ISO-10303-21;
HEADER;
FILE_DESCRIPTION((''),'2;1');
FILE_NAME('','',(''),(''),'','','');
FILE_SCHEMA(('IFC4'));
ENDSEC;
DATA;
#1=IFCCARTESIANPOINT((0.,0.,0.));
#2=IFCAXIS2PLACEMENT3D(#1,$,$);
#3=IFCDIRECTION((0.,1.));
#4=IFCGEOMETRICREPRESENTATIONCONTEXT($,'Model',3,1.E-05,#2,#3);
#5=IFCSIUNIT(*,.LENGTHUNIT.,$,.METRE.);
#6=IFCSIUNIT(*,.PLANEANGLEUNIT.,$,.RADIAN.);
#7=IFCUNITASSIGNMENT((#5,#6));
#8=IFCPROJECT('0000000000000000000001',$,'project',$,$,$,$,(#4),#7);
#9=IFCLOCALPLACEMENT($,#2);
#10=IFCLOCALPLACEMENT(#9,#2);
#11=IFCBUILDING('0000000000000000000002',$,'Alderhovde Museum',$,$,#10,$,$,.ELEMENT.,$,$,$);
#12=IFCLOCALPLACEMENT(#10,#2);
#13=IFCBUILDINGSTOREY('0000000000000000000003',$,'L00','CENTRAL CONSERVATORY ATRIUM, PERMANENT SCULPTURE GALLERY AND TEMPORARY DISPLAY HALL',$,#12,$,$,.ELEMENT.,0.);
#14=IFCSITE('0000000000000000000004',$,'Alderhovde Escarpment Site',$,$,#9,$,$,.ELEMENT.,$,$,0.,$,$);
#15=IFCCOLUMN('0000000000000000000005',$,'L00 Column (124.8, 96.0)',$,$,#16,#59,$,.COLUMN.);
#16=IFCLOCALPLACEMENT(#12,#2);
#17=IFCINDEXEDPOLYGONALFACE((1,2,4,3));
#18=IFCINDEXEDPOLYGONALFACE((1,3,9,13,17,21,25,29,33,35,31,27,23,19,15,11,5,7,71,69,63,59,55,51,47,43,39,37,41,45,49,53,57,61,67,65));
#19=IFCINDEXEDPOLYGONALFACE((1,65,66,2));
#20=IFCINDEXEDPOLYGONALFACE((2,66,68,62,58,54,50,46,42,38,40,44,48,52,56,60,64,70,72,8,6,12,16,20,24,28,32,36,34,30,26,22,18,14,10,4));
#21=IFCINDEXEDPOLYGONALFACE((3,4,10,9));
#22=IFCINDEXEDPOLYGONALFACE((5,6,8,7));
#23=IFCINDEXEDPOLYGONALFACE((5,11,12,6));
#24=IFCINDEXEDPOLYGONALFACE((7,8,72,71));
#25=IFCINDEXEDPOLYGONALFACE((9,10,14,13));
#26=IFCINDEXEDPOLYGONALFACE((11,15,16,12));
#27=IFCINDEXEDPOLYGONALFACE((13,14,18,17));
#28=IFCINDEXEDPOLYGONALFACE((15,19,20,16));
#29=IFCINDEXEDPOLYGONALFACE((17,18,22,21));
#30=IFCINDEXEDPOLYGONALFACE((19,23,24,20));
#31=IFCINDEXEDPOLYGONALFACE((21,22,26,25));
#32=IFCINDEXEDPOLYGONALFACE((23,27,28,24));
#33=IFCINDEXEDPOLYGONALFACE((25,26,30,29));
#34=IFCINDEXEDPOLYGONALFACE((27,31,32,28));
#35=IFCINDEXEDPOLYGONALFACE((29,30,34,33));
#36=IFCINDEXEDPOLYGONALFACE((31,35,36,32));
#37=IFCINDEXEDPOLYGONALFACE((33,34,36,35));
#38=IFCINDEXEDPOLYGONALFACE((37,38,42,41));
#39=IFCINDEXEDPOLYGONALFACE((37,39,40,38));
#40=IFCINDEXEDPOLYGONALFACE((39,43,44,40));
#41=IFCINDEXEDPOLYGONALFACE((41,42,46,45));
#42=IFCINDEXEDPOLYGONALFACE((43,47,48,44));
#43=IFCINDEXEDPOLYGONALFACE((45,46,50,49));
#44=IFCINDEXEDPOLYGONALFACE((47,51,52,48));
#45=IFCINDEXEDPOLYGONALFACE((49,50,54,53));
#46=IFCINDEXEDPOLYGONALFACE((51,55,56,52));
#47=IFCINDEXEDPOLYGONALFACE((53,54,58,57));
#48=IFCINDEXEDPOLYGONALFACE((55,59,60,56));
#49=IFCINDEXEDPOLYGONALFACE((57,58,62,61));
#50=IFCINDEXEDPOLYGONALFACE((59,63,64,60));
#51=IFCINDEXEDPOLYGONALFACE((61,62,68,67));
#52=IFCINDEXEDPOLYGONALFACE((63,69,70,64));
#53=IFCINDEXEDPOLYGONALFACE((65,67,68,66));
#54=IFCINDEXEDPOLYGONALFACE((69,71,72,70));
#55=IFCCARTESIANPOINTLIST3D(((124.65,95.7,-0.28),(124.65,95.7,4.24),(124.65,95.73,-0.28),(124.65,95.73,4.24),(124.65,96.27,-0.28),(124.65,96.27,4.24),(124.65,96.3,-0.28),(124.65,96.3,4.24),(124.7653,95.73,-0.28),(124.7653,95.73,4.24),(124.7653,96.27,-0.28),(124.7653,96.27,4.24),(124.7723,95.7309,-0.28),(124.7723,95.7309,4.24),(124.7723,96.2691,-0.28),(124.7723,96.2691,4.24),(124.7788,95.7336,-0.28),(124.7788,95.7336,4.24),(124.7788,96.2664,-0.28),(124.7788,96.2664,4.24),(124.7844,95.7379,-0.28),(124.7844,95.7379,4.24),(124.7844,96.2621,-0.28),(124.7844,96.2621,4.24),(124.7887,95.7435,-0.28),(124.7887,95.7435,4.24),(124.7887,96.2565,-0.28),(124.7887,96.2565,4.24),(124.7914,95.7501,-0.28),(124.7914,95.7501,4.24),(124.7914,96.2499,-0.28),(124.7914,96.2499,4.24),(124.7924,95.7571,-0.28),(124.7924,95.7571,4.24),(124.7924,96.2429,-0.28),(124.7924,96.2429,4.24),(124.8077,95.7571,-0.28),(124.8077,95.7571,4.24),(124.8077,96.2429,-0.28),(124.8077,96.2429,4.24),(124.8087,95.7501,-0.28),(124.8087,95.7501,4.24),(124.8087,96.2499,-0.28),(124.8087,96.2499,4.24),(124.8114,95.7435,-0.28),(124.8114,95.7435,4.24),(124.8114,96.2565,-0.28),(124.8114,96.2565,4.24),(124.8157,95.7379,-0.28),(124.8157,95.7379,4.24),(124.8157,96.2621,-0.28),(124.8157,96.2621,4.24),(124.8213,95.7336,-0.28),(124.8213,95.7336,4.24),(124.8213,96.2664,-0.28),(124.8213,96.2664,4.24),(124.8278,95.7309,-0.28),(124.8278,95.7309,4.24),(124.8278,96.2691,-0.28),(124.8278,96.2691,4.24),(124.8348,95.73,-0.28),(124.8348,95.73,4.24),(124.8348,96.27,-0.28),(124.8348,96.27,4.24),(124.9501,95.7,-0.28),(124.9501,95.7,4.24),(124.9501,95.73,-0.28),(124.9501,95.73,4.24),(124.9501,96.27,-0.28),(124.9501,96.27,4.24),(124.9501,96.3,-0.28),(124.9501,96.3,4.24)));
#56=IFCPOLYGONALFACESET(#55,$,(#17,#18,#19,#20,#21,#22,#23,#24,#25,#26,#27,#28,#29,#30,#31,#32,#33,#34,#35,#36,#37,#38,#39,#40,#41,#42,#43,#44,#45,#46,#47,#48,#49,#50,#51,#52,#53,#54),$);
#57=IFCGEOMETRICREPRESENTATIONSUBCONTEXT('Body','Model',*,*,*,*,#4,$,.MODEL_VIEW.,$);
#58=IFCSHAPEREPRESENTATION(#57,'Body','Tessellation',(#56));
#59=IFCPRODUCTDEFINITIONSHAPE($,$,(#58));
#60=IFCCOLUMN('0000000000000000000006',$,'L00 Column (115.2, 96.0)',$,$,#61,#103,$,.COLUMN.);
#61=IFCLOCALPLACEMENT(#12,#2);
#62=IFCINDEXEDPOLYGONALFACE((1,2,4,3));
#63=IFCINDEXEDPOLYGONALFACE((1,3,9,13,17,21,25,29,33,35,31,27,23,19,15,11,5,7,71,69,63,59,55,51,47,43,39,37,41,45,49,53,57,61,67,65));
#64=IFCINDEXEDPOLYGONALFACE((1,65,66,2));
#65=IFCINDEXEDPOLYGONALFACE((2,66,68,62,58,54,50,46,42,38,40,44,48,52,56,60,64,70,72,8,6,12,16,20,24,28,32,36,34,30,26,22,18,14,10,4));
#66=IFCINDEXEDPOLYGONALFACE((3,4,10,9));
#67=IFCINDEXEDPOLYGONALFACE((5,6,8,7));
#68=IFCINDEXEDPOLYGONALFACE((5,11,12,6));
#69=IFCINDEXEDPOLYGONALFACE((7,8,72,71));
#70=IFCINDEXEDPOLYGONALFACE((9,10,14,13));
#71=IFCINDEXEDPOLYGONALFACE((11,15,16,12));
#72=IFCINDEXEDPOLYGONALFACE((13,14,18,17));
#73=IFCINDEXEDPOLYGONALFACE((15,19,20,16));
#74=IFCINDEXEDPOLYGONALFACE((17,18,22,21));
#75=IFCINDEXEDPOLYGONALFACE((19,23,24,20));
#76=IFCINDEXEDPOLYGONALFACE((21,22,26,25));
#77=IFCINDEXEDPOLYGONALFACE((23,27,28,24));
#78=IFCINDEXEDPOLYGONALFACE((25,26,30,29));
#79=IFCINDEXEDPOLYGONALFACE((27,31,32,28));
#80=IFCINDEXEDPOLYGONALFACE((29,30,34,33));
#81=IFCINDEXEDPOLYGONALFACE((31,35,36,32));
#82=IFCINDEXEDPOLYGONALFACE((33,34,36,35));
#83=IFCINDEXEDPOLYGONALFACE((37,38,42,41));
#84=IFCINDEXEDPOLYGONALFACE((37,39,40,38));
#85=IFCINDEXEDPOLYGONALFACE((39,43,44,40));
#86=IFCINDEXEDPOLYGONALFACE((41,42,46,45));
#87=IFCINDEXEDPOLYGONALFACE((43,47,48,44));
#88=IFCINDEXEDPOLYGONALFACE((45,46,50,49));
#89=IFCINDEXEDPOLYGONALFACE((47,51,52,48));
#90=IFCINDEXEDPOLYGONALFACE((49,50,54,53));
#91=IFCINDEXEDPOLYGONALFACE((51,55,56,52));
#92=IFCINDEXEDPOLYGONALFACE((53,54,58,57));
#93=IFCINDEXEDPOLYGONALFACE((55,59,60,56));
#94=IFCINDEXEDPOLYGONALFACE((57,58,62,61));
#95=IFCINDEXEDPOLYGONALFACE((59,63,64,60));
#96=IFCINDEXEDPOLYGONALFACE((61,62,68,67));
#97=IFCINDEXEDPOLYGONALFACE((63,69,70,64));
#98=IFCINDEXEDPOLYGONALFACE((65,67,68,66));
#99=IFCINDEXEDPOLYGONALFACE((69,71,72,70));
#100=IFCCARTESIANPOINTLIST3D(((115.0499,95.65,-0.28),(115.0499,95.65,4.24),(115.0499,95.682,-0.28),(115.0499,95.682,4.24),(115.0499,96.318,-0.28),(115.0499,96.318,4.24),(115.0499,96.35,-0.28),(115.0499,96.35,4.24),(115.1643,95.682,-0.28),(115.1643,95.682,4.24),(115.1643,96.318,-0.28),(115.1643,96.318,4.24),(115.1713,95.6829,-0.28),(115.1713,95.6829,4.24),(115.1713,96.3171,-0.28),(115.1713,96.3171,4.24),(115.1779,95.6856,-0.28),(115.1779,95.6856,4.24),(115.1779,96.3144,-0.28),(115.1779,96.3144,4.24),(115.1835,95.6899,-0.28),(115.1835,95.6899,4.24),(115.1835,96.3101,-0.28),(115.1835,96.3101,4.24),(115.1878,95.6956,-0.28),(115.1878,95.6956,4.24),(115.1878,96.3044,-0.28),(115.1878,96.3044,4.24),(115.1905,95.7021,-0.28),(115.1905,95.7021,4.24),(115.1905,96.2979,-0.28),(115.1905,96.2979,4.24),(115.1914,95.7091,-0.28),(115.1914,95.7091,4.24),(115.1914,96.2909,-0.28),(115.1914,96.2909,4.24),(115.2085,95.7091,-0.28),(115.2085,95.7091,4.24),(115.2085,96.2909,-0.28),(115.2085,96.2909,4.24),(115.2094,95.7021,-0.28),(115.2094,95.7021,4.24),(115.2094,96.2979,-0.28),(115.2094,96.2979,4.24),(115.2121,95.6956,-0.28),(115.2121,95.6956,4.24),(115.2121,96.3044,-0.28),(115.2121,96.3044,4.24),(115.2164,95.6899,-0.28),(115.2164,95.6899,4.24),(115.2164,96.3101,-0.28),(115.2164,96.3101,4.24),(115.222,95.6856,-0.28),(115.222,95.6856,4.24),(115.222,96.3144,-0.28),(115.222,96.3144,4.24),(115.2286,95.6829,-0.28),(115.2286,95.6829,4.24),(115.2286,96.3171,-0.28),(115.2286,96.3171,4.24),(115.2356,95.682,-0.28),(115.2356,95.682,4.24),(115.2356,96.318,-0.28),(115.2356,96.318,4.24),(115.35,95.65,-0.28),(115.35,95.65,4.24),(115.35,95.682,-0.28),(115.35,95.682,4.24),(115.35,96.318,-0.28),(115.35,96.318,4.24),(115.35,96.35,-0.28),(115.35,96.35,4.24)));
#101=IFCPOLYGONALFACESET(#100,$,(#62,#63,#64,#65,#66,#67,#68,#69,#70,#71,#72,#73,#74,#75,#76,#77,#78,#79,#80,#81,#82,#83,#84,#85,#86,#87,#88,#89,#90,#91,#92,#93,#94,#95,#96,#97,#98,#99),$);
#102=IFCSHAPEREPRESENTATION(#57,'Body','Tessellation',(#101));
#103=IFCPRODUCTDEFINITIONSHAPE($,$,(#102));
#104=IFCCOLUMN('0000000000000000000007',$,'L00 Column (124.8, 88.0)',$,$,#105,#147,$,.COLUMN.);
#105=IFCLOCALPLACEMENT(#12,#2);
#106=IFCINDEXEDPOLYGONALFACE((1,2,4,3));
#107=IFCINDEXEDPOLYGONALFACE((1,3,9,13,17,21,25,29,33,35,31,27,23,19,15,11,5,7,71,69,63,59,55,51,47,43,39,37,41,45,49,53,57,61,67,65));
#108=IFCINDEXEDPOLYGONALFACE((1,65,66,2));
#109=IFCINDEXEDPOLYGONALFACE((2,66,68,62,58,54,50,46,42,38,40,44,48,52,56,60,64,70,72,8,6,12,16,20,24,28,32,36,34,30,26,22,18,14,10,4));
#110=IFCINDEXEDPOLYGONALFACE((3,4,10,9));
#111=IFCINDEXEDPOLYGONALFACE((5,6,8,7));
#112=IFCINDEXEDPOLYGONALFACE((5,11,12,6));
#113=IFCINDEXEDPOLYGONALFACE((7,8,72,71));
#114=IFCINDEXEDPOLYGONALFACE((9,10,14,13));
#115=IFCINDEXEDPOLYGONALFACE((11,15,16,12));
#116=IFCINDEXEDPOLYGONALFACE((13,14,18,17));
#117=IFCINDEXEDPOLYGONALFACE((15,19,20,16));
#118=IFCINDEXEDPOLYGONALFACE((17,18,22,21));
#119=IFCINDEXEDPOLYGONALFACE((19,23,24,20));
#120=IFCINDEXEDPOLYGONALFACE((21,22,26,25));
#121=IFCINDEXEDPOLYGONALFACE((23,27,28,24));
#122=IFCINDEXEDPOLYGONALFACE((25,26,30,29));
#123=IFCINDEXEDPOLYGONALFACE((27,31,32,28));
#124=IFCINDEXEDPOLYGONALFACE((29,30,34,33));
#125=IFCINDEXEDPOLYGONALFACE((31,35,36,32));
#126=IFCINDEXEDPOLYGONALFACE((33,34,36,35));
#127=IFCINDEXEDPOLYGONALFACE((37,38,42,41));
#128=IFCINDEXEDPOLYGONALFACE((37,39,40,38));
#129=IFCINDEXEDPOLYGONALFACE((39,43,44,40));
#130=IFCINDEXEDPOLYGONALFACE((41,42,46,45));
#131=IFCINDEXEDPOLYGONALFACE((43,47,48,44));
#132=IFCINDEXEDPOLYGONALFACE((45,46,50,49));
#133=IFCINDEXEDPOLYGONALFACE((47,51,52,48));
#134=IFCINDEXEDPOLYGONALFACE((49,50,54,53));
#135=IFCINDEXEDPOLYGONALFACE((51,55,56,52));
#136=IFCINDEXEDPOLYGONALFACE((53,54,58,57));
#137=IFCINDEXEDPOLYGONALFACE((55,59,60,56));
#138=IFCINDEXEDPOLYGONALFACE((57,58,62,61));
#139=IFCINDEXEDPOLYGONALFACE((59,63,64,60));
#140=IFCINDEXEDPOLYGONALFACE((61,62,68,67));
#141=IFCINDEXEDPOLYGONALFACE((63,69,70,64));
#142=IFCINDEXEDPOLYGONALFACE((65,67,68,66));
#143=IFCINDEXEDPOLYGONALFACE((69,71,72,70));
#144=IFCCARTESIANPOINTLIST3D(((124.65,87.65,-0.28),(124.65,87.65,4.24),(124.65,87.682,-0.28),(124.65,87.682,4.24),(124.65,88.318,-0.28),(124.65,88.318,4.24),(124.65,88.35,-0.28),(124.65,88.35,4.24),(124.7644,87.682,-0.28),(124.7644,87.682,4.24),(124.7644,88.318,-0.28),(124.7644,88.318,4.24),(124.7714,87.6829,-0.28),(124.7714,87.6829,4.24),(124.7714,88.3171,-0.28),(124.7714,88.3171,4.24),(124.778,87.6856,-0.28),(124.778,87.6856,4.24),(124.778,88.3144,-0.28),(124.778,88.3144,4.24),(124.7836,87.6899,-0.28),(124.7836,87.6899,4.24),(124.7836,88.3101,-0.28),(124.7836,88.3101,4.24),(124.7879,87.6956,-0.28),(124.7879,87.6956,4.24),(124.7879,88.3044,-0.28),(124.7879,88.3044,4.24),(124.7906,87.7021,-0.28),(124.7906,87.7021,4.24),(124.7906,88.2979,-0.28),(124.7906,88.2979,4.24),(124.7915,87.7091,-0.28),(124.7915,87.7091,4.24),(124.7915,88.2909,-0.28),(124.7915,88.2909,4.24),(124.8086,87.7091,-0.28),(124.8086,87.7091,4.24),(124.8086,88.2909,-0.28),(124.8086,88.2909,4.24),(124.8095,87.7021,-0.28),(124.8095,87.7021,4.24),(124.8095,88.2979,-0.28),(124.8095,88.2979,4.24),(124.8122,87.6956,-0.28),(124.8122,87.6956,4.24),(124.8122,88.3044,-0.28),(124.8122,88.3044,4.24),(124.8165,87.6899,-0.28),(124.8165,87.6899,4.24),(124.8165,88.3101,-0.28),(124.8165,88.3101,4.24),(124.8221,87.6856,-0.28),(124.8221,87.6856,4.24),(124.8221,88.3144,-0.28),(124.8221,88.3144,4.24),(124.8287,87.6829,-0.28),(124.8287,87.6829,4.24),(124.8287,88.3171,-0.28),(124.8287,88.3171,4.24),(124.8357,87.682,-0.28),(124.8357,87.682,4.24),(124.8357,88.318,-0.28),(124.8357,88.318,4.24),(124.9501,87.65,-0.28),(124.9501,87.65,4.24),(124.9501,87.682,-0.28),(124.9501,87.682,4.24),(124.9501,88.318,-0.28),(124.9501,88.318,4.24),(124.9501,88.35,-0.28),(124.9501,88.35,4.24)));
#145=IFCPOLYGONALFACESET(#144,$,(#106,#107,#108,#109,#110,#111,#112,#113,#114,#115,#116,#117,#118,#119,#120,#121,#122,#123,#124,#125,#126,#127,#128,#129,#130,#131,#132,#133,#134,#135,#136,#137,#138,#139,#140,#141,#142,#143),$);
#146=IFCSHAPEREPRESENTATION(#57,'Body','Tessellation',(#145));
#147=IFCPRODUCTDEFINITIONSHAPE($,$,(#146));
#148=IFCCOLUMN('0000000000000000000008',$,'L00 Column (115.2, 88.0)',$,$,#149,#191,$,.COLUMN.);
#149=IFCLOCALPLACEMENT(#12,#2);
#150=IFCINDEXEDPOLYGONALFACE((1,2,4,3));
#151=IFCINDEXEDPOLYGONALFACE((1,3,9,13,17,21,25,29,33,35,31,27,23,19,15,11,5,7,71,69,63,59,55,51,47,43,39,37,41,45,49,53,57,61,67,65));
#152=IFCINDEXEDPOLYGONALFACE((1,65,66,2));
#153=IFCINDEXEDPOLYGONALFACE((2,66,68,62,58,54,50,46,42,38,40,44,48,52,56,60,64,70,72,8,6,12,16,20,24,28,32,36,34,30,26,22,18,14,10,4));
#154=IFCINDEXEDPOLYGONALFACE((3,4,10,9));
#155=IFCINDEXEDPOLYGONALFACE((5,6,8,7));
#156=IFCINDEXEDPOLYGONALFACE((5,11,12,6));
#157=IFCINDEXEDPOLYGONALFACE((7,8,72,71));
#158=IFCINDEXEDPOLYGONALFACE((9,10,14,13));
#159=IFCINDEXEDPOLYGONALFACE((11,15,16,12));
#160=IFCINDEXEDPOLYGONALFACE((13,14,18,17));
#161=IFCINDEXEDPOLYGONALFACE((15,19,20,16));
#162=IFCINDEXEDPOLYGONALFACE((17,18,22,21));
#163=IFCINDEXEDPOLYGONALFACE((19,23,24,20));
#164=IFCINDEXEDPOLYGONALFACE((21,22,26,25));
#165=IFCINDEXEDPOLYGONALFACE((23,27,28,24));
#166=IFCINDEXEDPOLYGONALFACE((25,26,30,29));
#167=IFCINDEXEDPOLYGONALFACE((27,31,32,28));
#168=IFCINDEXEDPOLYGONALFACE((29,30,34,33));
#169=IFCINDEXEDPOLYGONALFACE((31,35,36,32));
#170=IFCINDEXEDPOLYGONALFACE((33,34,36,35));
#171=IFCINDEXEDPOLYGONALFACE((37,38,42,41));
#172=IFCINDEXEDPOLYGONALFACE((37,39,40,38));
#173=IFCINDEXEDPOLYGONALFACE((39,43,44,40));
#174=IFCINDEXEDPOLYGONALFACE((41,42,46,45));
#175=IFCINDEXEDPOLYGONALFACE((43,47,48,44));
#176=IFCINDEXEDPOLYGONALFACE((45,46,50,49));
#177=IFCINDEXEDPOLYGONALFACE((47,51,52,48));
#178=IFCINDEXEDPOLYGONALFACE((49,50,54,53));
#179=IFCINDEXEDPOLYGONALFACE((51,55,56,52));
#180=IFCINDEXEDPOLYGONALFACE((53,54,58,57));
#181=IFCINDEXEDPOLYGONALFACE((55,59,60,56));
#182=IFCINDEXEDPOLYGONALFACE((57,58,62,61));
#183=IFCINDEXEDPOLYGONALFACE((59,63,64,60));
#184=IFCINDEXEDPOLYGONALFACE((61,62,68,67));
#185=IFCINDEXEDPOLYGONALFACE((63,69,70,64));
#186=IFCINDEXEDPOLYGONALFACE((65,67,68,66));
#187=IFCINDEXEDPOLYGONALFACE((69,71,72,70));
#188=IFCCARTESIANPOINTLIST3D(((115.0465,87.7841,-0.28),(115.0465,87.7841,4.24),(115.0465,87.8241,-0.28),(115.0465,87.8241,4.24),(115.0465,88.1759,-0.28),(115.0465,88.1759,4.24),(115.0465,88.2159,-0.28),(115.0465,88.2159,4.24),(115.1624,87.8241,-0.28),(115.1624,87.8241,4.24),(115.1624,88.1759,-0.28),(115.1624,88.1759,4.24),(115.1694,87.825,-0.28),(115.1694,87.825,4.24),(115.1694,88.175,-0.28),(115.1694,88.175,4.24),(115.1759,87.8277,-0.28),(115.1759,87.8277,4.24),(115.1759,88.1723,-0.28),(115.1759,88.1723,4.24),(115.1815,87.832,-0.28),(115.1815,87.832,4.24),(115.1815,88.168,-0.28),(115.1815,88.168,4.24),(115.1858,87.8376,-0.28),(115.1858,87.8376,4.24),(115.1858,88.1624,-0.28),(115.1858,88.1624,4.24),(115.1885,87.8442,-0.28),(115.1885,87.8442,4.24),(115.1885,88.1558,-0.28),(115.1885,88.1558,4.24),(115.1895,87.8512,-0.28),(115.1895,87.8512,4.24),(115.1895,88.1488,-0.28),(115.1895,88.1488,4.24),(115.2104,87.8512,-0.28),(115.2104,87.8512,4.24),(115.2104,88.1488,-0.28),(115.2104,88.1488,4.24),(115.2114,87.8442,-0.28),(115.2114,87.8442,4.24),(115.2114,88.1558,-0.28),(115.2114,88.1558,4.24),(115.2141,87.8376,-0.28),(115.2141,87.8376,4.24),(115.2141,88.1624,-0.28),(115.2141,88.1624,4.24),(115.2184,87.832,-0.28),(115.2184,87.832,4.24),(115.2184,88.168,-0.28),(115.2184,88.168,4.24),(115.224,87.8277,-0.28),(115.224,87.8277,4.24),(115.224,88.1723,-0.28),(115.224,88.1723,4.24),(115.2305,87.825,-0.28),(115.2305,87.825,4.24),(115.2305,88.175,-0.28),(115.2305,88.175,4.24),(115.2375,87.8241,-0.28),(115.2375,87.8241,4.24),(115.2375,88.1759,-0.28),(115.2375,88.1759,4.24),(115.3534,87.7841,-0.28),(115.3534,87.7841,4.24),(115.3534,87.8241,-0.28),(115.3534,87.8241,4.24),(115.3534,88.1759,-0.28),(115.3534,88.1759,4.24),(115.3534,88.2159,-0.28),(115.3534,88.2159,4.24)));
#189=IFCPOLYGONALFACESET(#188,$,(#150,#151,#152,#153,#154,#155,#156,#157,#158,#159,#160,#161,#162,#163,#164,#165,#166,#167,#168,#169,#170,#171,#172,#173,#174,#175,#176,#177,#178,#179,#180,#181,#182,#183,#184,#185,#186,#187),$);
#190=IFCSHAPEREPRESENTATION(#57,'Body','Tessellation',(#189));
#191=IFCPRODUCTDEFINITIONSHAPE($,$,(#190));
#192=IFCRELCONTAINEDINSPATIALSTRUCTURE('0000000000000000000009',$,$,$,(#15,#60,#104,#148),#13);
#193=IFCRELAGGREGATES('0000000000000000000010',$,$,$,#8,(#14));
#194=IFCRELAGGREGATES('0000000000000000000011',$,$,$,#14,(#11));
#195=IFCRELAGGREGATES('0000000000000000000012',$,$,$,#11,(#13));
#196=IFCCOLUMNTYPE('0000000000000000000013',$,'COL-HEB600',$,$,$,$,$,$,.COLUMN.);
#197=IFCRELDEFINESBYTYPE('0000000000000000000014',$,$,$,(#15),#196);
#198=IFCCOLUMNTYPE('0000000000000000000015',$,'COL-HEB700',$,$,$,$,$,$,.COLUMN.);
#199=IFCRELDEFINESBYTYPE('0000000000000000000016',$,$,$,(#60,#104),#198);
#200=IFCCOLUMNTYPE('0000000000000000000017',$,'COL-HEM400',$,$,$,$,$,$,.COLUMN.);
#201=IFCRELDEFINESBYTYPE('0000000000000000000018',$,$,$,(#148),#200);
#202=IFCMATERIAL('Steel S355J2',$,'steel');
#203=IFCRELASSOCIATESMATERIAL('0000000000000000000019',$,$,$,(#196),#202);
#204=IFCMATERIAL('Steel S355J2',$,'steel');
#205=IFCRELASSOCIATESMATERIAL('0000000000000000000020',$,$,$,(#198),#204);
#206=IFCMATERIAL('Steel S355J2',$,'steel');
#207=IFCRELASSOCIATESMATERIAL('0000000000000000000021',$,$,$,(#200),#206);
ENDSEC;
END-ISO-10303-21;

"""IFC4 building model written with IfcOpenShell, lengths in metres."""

from ifc_helpers import new_model, si_unit, direction, frame, origin, origin_2d, place, context, subcontext, project, spatial, i_section, extrude, material, material_profile, profile_set, type_object, element, save


model = new_model("IFC4")

# Units and contexts
model_context = context("Model", 3, precision=1e-05, world=origin(), true_north=direction((0.0, 1.0)))
body_context = subcontext(model_context, "Body", "Model", "MODEL_VIEW")
ifc_project = project(units=[si_unit("LENGTHUNIT", "METRE"), si_unit("PLANEANGLEUNIT", "RADIAN")], contexts=[model_context])

# Site, building, storey
site_placement = place(None, origin())
site = spatial("IfcSite", under=ifc_project, at=site_placement, Name="Alderhovde Escarpment Site", CompositionType="ELEMENT", RefElevation=0.0)
building_placement = place(site_placement, origin())
building = spatial("IfcBuilding", under=site, at=building_placement, Name="Alderhovde Museum", CompositionType="ELEMENT")
storey_placement = place(building_placement, origin())
storey = spatial("IfcBuildingStorey", under=building, at=storey_placement, Name="L00", Description="CENTRAL CONSERVATORY ATRIUM, PERMANENT SCULPTURE GALLERY AND TEMPORARY DISPLAY HALL", CompositionType="ELEMENT", Elevation=0.0)

# Columns
ifc_material_1 = material(Name="Steel S355J2", Category="steel")
ifc_material_profile_1 = material_profile(ifc_material_1, i_section(OverallWidth=0.3, OverallDepth=0.6001, WebThickness=0.0154, FlangeThickness=0.03, FilletRadius=0.0271, at=origin_2d()), Name="HEB 600")
ifc_profile_set_1 = profile_set([ifc_material_profile_1], Name="Steel S355J2")
column_type_1 = type_object("IfcColumnType", Name="COL-HEB600", PredefinedType="COLUMN", material=ifc_profile_set_1)
column_1_placement = place(storey_placement, frame((124.8, 96.0, -0.28), z_axis=(0.0, 0.0, 1.0), x_axis=(1.0, 0.0, 0.0)))
element("IfcColumn", 1, at=column_1_placement, inside=storey, type_object=column_type_1, Name="L00 Column (124.8, 96.0)", PredefinedType="COLUMN", context=body_context, shape_type="SweptSolid", body=[
    extrude(i_section(OverallWidth=0.3, OverallDepth=0.6001, WebThickness=0.0154, FlangeThickness=0.03, FilletRadius=0.0271, at=origin_2d()), origin(), (0.0, 0.0, 1.0), 4.52),
])
ifc_material_2 = material(Name="Steel S355J2", Category="steel")
ifc_material_profile_2 = material_profile(ifc_material_2, i_section(OverallWidth=0.3, OverallDepth=0.7, WebThickness=0.0171, FlangeThickness=0.032, FilletRadius=0.0271, at=origin_2d()), Name="HEB 700")
ifc_profile_set_2 = profile_set([ifc_material_profile_2], Name="Steel S355J2")
column_type_2 = type_object("IfcColumnType", Name="COL-HEB700", PredefinedType="COLUMN", material=ifc_profile_set_2)
for number, where, z_axis, x_axis, name in (
    (2, (115.2, 96.0, -0.28), (0.0, 0.0, 1.0), (1.0, 0.0, 0.0), "L00 Column (115.2, 96.0)"),
    (3, (124.8, 88.0, -0.28), (0.0, 0.0, 1.0), (1.0, 0.0, 0.0), "L00 Column (124.8, 88.0)"),
):
    element("IfcColumn", number, at=place(storey_placement, frame(where, z_axis=z_axis, x_axis=x_axis)), inside=storey, type_object=column_type_2, Name=name, PredefinedType="COLUMN", context=body_context, shape_type="SweptSolid", body=[
        extrude(i_section(OverallWidth=0.3, OverallDepth=0.7, WebThickness=0.0171, FlangeThickness=0.032, FilletRadius=0.0271, at=origin_2d()), origin(), (0.0, 0.0, 1.0), 4.52),
    ])
ifc_material_3 = material(Name="Steel S355J2", Category="steel")
ifc_material_profile_3 = material_profile(ifc_material_3, i_section(OverallWidth=0.3069, OverallDepth=0.4319, WebThickness=0.021, FlangeThickness=0.04, FilletRadius=0.0271, at=origin_2d()), Name="HEM 400")
ifc_profile_set_3 = profile_set([ifc_material_profile_3], Name="Steel S355J2")
column_type_3 = type_object("IfcColumnType", Name="COL-HEM400", PredefinedType="COLUMN", material=ifc_profile_set_3)
column_2_placement = place(storey_placement, frame((115.2, 88.0, -0.28), z_axis=(0.0, 0.0, 1.0), x_axis=(1.0, 0.0, 0.0)))
element("IfcColumn", 4, at=column_2_placement, inside=storey, type_object=column_type_3, Name="L00 Column (115.2, 88.0)", PredefinedType="COLUMN", context=body_context, shape_type="SweptSolid", body=[
    extrude(i_section(OverallWidth=0.3069, OverallDepth=0.4319, WebThickness=0.021, FlangeThickness=0.04, FilletRadius=0.0271, at=origin_2d()), origin(), (0.0, 0.0, 1.0), 4.52),
])

save(model, "model.ifc")
